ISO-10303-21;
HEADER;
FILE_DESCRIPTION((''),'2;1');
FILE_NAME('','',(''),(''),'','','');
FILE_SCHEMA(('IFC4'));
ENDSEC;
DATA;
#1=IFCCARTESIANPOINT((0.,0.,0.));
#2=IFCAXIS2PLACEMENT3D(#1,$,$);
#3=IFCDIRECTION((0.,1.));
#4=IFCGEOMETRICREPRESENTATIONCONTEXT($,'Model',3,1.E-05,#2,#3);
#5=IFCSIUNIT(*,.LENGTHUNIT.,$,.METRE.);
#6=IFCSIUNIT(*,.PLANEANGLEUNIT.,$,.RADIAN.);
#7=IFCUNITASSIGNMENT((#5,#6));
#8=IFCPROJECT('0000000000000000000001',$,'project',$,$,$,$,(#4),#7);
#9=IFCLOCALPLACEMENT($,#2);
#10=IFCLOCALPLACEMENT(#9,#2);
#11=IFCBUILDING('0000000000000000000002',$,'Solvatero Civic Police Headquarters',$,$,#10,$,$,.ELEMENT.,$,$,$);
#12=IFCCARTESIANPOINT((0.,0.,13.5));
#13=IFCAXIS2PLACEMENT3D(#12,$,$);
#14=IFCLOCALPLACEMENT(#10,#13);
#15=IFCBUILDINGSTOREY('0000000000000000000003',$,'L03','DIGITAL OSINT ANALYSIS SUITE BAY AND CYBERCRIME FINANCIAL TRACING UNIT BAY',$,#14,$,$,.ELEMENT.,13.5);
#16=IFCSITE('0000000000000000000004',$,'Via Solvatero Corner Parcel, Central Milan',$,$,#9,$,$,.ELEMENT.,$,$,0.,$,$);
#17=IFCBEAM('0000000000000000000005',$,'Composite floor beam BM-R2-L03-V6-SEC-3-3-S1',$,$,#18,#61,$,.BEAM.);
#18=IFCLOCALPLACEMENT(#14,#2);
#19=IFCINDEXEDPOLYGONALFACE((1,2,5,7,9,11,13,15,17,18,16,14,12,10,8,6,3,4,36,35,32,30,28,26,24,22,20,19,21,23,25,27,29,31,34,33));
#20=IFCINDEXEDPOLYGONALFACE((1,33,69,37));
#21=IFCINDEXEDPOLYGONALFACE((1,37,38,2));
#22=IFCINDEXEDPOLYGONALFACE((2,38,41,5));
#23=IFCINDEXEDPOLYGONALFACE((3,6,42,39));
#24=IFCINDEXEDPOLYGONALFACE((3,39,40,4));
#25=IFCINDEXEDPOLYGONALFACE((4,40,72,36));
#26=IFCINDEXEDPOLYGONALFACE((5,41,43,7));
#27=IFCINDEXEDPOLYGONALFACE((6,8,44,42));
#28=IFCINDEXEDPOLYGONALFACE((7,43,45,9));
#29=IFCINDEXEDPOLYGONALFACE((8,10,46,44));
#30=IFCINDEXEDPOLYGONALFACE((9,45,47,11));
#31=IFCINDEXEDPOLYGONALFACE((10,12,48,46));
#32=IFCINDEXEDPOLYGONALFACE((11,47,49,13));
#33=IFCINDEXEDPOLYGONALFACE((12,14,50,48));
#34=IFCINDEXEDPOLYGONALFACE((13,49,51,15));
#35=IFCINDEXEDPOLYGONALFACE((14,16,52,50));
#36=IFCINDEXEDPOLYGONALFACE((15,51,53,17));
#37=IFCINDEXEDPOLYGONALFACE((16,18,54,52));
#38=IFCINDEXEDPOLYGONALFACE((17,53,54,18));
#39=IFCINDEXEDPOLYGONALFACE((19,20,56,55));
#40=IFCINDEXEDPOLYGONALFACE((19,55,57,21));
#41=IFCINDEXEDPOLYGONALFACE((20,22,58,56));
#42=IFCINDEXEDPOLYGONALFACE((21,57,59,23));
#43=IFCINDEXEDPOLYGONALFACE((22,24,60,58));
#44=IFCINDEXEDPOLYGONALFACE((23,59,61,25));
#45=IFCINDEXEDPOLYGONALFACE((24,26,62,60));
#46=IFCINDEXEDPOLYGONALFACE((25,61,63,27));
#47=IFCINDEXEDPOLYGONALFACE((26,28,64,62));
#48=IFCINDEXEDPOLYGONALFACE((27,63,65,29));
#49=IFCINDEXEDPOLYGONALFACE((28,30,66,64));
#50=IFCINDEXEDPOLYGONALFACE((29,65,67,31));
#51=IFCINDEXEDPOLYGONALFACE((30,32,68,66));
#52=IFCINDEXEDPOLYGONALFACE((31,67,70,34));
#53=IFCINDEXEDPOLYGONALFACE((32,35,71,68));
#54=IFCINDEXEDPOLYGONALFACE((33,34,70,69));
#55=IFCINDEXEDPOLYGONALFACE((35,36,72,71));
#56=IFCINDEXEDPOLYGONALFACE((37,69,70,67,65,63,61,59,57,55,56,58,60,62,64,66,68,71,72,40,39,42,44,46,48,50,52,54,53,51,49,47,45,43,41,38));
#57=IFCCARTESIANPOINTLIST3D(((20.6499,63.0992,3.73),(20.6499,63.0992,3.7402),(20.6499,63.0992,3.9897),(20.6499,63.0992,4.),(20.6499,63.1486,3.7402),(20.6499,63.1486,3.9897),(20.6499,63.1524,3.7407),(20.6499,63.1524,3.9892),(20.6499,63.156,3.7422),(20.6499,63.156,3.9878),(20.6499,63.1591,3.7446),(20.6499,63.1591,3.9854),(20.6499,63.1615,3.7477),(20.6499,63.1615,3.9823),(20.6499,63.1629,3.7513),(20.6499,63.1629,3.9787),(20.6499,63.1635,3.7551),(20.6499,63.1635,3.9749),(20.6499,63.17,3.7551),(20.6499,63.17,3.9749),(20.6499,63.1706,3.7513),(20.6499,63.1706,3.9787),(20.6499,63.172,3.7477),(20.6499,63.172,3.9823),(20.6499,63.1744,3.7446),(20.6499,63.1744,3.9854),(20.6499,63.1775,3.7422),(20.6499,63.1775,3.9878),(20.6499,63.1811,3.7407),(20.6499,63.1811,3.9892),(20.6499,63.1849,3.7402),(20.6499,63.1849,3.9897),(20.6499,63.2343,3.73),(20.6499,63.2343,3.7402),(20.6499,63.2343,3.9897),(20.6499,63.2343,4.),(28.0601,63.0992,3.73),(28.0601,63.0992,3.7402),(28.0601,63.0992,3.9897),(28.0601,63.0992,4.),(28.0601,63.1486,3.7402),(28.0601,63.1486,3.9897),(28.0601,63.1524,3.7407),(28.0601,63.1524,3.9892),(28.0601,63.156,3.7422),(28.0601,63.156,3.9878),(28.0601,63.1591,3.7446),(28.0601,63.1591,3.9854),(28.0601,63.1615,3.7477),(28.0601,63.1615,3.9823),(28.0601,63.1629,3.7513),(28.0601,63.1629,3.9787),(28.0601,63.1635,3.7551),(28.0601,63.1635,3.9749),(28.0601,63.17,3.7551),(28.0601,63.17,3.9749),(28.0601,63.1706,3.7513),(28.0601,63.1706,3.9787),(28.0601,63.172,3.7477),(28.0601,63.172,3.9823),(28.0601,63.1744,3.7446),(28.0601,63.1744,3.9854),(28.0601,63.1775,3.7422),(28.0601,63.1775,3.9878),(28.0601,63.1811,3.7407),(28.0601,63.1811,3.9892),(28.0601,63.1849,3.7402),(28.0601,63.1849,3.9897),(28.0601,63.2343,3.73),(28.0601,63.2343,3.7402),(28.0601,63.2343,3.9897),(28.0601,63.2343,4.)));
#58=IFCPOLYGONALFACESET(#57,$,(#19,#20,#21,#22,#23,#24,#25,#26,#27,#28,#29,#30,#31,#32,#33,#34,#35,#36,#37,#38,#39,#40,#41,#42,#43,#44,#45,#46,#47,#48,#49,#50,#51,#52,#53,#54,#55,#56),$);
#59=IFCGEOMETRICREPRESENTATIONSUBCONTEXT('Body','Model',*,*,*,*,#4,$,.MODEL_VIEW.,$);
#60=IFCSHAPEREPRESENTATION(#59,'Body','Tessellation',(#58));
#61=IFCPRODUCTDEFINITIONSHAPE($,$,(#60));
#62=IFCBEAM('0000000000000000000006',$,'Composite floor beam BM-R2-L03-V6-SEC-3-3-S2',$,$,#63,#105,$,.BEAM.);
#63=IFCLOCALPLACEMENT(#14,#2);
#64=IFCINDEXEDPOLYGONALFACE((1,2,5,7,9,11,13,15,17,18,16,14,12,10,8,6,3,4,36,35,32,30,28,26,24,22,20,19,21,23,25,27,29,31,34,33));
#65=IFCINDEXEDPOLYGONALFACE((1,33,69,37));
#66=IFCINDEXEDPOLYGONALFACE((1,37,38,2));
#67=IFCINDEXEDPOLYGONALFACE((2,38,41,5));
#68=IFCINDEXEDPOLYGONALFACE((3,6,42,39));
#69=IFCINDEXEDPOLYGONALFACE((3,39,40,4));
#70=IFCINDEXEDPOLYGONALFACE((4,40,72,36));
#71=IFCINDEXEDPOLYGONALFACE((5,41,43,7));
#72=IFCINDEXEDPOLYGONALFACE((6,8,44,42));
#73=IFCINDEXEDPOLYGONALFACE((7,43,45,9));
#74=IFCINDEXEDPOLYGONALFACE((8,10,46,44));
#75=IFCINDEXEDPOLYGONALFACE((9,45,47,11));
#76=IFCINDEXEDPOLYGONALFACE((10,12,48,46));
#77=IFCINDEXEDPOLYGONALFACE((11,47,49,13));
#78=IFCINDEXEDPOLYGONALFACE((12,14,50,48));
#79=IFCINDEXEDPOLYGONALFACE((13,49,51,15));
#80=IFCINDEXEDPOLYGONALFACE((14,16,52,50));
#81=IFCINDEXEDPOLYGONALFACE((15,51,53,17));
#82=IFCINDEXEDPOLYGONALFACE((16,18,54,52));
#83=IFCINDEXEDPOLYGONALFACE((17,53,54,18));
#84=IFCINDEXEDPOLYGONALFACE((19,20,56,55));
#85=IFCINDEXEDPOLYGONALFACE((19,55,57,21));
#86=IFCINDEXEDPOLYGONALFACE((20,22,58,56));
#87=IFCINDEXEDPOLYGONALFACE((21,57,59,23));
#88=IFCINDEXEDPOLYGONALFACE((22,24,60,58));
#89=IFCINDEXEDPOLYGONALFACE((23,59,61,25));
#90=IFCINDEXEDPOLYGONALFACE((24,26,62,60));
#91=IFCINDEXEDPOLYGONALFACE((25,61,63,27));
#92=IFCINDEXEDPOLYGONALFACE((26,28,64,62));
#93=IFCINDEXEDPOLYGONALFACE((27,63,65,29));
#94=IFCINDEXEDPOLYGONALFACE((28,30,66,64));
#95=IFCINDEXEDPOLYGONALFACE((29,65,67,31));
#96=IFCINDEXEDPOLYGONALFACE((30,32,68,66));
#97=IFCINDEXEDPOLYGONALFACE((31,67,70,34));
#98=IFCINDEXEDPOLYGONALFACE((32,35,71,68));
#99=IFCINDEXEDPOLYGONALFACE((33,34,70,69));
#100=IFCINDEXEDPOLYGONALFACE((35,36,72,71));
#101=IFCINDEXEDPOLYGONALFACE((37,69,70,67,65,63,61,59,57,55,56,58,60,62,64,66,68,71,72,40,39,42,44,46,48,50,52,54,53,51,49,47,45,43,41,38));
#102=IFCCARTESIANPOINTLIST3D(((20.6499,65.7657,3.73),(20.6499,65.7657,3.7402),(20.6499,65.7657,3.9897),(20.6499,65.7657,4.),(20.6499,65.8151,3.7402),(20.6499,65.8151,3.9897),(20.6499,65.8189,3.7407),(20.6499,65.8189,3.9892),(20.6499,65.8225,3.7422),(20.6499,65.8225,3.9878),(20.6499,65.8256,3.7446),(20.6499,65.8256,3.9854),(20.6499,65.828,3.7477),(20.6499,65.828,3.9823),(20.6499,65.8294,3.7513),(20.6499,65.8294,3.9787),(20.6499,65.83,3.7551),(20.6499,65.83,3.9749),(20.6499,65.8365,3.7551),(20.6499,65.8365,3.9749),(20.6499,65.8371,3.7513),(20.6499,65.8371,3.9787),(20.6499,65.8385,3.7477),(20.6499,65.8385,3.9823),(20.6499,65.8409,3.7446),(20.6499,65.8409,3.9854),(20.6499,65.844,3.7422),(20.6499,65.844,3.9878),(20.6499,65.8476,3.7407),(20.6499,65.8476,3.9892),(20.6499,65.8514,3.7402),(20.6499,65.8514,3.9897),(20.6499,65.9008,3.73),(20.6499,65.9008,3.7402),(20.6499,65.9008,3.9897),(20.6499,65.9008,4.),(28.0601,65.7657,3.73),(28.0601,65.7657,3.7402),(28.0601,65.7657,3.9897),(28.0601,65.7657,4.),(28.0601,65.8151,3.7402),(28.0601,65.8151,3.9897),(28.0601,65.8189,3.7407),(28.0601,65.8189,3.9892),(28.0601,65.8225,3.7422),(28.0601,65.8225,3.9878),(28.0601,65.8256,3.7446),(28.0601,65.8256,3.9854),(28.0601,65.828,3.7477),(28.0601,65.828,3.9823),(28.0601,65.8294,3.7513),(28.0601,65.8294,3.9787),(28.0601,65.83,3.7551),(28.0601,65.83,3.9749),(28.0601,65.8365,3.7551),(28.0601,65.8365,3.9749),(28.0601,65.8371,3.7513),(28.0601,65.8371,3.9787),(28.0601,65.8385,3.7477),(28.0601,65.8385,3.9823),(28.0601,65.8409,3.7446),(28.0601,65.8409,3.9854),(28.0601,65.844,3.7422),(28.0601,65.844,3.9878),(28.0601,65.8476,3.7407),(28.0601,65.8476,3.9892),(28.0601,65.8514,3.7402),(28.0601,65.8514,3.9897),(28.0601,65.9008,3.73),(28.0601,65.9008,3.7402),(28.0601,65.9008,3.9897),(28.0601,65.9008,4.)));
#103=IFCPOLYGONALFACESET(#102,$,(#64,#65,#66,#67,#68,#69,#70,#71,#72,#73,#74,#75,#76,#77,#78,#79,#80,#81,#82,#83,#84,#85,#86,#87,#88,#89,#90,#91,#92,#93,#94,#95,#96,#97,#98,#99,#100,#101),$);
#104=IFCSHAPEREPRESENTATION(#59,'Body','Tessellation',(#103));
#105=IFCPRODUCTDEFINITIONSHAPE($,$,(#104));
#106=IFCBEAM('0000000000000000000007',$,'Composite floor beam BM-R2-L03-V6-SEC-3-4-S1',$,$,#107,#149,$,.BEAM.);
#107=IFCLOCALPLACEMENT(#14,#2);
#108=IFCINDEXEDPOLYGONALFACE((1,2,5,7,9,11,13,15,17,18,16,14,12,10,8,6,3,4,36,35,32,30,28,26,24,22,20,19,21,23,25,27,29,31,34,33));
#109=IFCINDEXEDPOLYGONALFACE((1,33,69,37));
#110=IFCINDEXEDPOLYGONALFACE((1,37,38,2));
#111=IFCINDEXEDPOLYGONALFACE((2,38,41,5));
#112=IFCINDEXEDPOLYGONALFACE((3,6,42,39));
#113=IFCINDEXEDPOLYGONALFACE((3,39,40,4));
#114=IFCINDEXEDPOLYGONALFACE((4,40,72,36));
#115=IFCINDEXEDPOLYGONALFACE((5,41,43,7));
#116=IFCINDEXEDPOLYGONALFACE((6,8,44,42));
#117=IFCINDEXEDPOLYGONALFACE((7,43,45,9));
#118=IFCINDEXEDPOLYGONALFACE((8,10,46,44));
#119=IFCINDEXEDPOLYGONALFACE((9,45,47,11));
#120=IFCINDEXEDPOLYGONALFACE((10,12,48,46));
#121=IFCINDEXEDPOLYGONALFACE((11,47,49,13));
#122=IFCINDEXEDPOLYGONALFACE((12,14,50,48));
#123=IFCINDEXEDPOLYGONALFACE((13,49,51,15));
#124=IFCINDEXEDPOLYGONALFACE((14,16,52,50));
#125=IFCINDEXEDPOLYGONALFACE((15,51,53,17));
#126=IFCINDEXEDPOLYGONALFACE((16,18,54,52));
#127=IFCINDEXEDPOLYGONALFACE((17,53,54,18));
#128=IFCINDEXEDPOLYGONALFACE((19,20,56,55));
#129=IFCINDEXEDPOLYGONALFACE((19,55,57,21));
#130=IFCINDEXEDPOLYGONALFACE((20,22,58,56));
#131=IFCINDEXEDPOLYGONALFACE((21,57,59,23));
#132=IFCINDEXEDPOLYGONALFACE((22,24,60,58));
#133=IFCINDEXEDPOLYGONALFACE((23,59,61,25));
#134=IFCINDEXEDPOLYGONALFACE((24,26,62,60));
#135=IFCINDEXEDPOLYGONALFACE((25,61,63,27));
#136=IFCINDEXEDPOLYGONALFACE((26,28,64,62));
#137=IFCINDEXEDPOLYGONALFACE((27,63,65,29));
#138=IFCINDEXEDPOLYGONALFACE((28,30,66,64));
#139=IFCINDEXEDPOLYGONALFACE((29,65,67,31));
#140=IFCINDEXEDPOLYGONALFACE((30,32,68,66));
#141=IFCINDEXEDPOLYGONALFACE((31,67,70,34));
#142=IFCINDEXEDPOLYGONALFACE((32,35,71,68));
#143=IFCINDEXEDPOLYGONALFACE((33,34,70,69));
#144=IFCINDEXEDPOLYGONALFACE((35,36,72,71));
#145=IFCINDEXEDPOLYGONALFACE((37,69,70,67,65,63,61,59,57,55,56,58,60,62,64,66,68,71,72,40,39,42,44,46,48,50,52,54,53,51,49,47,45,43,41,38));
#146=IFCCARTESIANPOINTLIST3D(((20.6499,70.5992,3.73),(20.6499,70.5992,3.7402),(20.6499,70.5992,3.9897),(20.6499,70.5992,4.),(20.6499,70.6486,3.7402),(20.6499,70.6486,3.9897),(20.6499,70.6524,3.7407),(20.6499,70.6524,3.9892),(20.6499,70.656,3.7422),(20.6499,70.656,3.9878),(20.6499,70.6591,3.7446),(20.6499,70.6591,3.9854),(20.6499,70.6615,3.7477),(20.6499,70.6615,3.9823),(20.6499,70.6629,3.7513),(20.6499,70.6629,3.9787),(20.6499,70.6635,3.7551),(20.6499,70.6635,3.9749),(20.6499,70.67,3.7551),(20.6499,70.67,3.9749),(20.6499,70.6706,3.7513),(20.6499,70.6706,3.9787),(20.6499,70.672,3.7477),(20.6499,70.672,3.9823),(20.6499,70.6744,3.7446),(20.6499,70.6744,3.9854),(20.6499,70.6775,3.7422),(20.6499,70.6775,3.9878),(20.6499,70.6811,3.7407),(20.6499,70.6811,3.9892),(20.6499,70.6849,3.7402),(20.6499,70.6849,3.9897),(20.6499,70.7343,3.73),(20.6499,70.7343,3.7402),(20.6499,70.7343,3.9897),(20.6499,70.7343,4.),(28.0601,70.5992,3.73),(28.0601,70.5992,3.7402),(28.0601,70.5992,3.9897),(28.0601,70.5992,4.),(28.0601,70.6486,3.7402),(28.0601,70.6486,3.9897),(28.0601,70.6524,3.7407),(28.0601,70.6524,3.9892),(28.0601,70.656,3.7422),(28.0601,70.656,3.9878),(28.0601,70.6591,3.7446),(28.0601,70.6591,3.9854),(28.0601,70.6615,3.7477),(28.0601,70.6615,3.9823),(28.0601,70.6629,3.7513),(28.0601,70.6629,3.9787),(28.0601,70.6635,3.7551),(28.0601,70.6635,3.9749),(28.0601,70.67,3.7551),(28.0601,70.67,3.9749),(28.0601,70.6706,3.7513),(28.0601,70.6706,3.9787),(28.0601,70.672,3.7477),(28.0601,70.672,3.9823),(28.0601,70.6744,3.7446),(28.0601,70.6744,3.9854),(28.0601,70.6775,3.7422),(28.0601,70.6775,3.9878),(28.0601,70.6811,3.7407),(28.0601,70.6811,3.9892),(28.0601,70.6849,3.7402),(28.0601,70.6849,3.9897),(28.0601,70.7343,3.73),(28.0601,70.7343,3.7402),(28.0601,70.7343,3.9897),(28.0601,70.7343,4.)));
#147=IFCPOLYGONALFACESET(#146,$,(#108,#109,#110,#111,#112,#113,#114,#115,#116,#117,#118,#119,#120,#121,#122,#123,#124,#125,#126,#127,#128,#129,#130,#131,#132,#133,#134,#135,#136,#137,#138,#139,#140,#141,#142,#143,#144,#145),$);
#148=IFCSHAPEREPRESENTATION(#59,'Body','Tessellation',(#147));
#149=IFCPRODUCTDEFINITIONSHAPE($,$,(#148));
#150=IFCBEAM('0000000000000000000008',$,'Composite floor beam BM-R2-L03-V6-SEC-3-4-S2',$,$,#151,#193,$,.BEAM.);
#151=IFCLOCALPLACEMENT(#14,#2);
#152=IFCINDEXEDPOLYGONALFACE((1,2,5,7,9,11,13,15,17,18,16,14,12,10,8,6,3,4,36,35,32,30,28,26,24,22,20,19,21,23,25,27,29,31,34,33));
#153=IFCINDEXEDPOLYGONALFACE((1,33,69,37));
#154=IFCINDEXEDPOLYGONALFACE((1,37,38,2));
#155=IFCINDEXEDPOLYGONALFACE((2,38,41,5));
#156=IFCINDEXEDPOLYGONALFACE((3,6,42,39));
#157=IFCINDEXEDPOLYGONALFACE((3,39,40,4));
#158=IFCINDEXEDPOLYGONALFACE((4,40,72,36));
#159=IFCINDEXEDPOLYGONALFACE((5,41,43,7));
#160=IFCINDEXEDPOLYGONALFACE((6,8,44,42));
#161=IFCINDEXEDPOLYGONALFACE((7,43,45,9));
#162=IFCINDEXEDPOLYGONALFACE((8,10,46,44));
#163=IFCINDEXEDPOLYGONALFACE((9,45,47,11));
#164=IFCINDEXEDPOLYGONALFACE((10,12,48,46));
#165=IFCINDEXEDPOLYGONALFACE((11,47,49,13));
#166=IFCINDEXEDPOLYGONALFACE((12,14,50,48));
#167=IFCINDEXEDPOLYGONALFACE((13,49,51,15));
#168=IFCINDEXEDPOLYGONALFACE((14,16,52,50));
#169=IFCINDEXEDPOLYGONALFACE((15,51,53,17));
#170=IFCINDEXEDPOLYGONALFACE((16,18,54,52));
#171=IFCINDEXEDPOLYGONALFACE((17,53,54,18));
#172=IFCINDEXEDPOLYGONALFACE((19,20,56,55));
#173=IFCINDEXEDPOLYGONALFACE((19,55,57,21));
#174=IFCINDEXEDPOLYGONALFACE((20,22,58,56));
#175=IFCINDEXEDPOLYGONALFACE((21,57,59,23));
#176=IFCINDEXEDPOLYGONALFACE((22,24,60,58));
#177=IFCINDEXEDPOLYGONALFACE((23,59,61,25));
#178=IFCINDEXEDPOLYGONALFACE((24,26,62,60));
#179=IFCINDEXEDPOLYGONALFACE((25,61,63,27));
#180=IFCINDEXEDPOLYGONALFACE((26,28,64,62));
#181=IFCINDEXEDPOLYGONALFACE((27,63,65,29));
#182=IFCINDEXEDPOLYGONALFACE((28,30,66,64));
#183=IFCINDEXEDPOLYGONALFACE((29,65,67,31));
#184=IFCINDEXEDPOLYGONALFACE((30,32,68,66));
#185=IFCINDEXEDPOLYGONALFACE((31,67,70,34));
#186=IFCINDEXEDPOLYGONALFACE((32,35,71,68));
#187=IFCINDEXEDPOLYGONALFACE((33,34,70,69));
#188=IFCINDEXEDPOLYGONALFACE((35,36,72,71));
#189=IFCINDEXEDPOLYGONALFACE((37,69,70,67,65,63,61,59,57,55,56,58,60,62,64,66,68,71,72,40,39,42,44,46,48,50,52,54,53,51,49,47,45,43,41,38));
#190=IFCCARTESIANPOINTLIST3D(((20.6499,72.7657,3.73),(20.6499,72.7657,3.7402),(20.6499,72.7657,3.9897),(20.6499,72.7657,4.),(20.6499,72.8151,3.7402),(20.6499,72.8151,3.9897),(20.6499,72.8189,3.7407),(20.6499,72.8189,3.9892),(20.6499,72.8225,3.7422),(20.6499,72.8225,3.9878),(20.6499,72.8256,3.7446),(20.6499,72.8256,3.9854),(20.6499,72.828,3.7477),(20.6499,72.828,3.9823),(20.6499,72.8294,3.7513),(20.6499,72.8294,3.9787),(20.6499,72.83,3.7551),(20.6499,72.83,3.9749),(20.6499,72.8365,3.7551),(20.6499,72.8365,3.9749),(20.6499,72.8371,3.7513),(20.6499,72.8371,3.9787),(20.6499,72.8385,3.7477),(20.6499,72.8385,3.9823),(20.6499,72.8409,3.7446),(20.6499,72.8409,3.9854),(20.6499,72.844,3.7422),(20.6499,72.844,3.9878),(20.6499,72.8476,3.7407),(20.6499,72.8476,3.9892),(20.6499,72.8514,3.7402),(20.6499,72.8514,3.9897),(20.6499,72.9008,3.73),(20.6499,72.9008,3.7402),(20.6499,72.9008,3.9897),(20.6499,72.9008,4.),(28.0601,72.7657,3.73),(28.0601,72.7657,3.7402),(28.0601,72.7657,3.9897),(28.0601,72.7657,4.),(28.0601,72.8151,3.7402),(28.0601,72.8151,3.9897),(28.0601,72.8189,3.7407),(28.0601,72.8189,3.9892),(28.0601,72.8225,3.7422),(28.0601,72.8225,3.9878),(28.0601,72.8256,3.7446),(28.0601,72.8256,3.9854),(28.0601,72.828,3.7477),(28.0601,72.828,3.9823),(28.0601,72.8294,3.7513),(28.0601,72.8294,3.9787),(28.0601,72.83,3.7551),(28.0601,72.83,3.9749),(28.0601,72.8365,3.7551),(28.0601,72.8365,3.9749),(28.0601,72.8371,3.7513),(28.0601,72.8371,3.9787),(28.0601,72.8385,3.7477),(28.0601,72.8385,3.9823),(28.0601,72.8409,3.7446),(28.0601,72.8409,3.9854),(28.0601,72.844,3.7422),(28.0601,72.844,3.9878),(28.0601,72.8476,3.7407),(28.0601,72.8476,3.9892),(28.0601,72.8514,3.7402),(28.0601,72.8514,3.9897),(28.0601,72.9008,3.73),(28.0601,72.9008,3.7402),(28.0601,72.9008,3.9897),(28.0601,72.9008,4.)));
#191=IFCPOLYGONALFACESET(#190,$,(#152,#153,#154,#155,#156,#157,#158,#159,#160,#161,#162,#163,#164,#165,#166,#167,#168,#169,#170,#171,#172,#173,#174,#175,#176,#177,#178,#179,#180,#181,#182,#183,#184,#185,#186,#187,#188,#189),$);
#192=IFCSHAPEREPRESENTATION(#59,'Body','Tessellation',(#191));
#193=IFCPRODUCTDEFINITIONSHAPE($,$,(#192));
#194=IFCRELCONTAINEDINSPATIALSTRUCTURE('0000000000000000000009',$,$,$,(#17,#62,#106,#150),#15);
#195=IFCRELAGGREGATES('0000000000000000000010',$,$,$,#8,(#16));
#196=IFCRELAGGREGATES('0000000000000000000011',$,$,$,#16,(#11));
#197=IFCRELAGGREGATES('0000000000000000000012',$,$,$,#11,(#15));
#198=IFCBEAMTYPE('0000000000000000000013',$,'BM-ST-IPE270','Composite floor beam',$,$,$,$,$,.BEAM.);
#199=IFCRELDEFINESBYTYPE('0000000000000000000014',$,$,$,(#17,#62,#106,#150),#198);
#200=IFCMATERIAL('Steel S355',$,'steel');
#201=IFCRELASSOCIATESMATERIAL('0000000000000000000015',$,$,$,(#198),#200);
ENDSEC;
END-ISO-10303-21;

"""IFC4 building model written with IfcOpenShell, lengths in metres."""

from ifc_helpers import new_model, si_unit, direction, frame, origin, origin_2d, place, context, subcontext, project, spatial, i_section, extrude, material, material_profile, profile_set, type_object, element, save


model = new_model("IFC4")

# Units and contexts
model_context = context("Model", 3, precision=1e-05, world=origin(), true_north=direction((0.0, 1.0)))
body_context = subcontext(model_context, "Body", "Model", "MODEL_VIEW")
ifc_project = project(units=[si_unit("LENGTHUNIT", "METRE"), si_unit("PLANEANGLEUNIT", "RADIAN")], contexts=[model_context])

# Site, building, storey
site_placement = place(None, origin())
site = spatial("IfcSite", under=ifc_project, at=site_placement, Name="Via Solvatero Corner Parcel, Central Milan", CompositionType="ELEMENT", RefElevation=0.0)
building_placement = place(site_placement, origin())
building = spatial("IfcBuilding", under=site, at=building_placement, Name="Solvatero Civic Police Headquarters", CompositionType="ELEMENT")
storey_placement = place(building_placement, frame((0.0, 0.0, 13.5)))
storey = spatial("IfcBuildingStorey", under=building, at=storey_placement, Name="L03", Description="DIGITAL OSINT ANALYSIS SUITE BAY AND CYBERCRIME FINANCIAL TRACING UNIT BAY", CompositionType="ELEMENT", Elevation=13.5)

# Shared definitions
ifc_material_1 = material(Name="Steel S355", Category="steel")

# Beams
ifc_material_profile_1 = material_profile(ifc_material_1, i_section(OverallWidth=0.135, OverallDepth=0.27, WebThickness=0.0066, FlangeThickness=0.0103, FilletRadius=0.0149, at=origin_2d()), Name="IPE 270")
ifc_profile_set_1 = profile_set([ifc_material_profile_1], Name="Steel S355")
beam_type_1 = type_object("IfcBeamType", Name="BM-ST-IPE270", Description="Composite floor beam", PredefinedType="BEAM", material=ifc_profile_set_1)
for number, where, z_axis, x_axis, name in (
    (1, (20.6499, 63.1667, 3.865), (1.0, 0.0, 0.0), (0.0, 1.0, 0.0), "Composite floor beam BM-R2-L03-V6-SEC-3-3-S1"),
    (2, (20.6499, 65.8333, 3.865), (1.0, 0.0, 0.0), (0.0, 1.0, 0.0), "Composite floor beam BM-R2-L03-V6-SEC-3-3-S2"),
    (3, (20.6499, 70.6667, 3.865), (1.0, 0.0, 0.0), (0.0, 1.0, 0.0), "Composite floor beam BM-R2-L03-V6-SEC-3-4-S1"),
    (4, (20.6499, 72.8333, 3.865), (1.0, 0.0, 0.0), (0.0, 1.0, 0.0), "Composite floor beam BM-R2-L03-V6-SEC-3-4-S2"),
):
    element("IfcBeam", number, at=place(storey_placement, frame(where, z_axis=z_axis, x_axis=x_axis)), inside=storey, type_object=beam_type_1, Name=name, PredefinedType="BEAM", context=body_context, shape_type="SweptSolid", body=[
        extrude(i_section(OverallWidth=0.135, OverallDepth=0.27, WebThickness=0.0066, FlangeThickness=0.0103, FilletRadius=0.0149, at=origin_2d()), origin(), (0.0, 0.0, 1.0), 7.4102),
    ])

save(model, "model.ifc")
